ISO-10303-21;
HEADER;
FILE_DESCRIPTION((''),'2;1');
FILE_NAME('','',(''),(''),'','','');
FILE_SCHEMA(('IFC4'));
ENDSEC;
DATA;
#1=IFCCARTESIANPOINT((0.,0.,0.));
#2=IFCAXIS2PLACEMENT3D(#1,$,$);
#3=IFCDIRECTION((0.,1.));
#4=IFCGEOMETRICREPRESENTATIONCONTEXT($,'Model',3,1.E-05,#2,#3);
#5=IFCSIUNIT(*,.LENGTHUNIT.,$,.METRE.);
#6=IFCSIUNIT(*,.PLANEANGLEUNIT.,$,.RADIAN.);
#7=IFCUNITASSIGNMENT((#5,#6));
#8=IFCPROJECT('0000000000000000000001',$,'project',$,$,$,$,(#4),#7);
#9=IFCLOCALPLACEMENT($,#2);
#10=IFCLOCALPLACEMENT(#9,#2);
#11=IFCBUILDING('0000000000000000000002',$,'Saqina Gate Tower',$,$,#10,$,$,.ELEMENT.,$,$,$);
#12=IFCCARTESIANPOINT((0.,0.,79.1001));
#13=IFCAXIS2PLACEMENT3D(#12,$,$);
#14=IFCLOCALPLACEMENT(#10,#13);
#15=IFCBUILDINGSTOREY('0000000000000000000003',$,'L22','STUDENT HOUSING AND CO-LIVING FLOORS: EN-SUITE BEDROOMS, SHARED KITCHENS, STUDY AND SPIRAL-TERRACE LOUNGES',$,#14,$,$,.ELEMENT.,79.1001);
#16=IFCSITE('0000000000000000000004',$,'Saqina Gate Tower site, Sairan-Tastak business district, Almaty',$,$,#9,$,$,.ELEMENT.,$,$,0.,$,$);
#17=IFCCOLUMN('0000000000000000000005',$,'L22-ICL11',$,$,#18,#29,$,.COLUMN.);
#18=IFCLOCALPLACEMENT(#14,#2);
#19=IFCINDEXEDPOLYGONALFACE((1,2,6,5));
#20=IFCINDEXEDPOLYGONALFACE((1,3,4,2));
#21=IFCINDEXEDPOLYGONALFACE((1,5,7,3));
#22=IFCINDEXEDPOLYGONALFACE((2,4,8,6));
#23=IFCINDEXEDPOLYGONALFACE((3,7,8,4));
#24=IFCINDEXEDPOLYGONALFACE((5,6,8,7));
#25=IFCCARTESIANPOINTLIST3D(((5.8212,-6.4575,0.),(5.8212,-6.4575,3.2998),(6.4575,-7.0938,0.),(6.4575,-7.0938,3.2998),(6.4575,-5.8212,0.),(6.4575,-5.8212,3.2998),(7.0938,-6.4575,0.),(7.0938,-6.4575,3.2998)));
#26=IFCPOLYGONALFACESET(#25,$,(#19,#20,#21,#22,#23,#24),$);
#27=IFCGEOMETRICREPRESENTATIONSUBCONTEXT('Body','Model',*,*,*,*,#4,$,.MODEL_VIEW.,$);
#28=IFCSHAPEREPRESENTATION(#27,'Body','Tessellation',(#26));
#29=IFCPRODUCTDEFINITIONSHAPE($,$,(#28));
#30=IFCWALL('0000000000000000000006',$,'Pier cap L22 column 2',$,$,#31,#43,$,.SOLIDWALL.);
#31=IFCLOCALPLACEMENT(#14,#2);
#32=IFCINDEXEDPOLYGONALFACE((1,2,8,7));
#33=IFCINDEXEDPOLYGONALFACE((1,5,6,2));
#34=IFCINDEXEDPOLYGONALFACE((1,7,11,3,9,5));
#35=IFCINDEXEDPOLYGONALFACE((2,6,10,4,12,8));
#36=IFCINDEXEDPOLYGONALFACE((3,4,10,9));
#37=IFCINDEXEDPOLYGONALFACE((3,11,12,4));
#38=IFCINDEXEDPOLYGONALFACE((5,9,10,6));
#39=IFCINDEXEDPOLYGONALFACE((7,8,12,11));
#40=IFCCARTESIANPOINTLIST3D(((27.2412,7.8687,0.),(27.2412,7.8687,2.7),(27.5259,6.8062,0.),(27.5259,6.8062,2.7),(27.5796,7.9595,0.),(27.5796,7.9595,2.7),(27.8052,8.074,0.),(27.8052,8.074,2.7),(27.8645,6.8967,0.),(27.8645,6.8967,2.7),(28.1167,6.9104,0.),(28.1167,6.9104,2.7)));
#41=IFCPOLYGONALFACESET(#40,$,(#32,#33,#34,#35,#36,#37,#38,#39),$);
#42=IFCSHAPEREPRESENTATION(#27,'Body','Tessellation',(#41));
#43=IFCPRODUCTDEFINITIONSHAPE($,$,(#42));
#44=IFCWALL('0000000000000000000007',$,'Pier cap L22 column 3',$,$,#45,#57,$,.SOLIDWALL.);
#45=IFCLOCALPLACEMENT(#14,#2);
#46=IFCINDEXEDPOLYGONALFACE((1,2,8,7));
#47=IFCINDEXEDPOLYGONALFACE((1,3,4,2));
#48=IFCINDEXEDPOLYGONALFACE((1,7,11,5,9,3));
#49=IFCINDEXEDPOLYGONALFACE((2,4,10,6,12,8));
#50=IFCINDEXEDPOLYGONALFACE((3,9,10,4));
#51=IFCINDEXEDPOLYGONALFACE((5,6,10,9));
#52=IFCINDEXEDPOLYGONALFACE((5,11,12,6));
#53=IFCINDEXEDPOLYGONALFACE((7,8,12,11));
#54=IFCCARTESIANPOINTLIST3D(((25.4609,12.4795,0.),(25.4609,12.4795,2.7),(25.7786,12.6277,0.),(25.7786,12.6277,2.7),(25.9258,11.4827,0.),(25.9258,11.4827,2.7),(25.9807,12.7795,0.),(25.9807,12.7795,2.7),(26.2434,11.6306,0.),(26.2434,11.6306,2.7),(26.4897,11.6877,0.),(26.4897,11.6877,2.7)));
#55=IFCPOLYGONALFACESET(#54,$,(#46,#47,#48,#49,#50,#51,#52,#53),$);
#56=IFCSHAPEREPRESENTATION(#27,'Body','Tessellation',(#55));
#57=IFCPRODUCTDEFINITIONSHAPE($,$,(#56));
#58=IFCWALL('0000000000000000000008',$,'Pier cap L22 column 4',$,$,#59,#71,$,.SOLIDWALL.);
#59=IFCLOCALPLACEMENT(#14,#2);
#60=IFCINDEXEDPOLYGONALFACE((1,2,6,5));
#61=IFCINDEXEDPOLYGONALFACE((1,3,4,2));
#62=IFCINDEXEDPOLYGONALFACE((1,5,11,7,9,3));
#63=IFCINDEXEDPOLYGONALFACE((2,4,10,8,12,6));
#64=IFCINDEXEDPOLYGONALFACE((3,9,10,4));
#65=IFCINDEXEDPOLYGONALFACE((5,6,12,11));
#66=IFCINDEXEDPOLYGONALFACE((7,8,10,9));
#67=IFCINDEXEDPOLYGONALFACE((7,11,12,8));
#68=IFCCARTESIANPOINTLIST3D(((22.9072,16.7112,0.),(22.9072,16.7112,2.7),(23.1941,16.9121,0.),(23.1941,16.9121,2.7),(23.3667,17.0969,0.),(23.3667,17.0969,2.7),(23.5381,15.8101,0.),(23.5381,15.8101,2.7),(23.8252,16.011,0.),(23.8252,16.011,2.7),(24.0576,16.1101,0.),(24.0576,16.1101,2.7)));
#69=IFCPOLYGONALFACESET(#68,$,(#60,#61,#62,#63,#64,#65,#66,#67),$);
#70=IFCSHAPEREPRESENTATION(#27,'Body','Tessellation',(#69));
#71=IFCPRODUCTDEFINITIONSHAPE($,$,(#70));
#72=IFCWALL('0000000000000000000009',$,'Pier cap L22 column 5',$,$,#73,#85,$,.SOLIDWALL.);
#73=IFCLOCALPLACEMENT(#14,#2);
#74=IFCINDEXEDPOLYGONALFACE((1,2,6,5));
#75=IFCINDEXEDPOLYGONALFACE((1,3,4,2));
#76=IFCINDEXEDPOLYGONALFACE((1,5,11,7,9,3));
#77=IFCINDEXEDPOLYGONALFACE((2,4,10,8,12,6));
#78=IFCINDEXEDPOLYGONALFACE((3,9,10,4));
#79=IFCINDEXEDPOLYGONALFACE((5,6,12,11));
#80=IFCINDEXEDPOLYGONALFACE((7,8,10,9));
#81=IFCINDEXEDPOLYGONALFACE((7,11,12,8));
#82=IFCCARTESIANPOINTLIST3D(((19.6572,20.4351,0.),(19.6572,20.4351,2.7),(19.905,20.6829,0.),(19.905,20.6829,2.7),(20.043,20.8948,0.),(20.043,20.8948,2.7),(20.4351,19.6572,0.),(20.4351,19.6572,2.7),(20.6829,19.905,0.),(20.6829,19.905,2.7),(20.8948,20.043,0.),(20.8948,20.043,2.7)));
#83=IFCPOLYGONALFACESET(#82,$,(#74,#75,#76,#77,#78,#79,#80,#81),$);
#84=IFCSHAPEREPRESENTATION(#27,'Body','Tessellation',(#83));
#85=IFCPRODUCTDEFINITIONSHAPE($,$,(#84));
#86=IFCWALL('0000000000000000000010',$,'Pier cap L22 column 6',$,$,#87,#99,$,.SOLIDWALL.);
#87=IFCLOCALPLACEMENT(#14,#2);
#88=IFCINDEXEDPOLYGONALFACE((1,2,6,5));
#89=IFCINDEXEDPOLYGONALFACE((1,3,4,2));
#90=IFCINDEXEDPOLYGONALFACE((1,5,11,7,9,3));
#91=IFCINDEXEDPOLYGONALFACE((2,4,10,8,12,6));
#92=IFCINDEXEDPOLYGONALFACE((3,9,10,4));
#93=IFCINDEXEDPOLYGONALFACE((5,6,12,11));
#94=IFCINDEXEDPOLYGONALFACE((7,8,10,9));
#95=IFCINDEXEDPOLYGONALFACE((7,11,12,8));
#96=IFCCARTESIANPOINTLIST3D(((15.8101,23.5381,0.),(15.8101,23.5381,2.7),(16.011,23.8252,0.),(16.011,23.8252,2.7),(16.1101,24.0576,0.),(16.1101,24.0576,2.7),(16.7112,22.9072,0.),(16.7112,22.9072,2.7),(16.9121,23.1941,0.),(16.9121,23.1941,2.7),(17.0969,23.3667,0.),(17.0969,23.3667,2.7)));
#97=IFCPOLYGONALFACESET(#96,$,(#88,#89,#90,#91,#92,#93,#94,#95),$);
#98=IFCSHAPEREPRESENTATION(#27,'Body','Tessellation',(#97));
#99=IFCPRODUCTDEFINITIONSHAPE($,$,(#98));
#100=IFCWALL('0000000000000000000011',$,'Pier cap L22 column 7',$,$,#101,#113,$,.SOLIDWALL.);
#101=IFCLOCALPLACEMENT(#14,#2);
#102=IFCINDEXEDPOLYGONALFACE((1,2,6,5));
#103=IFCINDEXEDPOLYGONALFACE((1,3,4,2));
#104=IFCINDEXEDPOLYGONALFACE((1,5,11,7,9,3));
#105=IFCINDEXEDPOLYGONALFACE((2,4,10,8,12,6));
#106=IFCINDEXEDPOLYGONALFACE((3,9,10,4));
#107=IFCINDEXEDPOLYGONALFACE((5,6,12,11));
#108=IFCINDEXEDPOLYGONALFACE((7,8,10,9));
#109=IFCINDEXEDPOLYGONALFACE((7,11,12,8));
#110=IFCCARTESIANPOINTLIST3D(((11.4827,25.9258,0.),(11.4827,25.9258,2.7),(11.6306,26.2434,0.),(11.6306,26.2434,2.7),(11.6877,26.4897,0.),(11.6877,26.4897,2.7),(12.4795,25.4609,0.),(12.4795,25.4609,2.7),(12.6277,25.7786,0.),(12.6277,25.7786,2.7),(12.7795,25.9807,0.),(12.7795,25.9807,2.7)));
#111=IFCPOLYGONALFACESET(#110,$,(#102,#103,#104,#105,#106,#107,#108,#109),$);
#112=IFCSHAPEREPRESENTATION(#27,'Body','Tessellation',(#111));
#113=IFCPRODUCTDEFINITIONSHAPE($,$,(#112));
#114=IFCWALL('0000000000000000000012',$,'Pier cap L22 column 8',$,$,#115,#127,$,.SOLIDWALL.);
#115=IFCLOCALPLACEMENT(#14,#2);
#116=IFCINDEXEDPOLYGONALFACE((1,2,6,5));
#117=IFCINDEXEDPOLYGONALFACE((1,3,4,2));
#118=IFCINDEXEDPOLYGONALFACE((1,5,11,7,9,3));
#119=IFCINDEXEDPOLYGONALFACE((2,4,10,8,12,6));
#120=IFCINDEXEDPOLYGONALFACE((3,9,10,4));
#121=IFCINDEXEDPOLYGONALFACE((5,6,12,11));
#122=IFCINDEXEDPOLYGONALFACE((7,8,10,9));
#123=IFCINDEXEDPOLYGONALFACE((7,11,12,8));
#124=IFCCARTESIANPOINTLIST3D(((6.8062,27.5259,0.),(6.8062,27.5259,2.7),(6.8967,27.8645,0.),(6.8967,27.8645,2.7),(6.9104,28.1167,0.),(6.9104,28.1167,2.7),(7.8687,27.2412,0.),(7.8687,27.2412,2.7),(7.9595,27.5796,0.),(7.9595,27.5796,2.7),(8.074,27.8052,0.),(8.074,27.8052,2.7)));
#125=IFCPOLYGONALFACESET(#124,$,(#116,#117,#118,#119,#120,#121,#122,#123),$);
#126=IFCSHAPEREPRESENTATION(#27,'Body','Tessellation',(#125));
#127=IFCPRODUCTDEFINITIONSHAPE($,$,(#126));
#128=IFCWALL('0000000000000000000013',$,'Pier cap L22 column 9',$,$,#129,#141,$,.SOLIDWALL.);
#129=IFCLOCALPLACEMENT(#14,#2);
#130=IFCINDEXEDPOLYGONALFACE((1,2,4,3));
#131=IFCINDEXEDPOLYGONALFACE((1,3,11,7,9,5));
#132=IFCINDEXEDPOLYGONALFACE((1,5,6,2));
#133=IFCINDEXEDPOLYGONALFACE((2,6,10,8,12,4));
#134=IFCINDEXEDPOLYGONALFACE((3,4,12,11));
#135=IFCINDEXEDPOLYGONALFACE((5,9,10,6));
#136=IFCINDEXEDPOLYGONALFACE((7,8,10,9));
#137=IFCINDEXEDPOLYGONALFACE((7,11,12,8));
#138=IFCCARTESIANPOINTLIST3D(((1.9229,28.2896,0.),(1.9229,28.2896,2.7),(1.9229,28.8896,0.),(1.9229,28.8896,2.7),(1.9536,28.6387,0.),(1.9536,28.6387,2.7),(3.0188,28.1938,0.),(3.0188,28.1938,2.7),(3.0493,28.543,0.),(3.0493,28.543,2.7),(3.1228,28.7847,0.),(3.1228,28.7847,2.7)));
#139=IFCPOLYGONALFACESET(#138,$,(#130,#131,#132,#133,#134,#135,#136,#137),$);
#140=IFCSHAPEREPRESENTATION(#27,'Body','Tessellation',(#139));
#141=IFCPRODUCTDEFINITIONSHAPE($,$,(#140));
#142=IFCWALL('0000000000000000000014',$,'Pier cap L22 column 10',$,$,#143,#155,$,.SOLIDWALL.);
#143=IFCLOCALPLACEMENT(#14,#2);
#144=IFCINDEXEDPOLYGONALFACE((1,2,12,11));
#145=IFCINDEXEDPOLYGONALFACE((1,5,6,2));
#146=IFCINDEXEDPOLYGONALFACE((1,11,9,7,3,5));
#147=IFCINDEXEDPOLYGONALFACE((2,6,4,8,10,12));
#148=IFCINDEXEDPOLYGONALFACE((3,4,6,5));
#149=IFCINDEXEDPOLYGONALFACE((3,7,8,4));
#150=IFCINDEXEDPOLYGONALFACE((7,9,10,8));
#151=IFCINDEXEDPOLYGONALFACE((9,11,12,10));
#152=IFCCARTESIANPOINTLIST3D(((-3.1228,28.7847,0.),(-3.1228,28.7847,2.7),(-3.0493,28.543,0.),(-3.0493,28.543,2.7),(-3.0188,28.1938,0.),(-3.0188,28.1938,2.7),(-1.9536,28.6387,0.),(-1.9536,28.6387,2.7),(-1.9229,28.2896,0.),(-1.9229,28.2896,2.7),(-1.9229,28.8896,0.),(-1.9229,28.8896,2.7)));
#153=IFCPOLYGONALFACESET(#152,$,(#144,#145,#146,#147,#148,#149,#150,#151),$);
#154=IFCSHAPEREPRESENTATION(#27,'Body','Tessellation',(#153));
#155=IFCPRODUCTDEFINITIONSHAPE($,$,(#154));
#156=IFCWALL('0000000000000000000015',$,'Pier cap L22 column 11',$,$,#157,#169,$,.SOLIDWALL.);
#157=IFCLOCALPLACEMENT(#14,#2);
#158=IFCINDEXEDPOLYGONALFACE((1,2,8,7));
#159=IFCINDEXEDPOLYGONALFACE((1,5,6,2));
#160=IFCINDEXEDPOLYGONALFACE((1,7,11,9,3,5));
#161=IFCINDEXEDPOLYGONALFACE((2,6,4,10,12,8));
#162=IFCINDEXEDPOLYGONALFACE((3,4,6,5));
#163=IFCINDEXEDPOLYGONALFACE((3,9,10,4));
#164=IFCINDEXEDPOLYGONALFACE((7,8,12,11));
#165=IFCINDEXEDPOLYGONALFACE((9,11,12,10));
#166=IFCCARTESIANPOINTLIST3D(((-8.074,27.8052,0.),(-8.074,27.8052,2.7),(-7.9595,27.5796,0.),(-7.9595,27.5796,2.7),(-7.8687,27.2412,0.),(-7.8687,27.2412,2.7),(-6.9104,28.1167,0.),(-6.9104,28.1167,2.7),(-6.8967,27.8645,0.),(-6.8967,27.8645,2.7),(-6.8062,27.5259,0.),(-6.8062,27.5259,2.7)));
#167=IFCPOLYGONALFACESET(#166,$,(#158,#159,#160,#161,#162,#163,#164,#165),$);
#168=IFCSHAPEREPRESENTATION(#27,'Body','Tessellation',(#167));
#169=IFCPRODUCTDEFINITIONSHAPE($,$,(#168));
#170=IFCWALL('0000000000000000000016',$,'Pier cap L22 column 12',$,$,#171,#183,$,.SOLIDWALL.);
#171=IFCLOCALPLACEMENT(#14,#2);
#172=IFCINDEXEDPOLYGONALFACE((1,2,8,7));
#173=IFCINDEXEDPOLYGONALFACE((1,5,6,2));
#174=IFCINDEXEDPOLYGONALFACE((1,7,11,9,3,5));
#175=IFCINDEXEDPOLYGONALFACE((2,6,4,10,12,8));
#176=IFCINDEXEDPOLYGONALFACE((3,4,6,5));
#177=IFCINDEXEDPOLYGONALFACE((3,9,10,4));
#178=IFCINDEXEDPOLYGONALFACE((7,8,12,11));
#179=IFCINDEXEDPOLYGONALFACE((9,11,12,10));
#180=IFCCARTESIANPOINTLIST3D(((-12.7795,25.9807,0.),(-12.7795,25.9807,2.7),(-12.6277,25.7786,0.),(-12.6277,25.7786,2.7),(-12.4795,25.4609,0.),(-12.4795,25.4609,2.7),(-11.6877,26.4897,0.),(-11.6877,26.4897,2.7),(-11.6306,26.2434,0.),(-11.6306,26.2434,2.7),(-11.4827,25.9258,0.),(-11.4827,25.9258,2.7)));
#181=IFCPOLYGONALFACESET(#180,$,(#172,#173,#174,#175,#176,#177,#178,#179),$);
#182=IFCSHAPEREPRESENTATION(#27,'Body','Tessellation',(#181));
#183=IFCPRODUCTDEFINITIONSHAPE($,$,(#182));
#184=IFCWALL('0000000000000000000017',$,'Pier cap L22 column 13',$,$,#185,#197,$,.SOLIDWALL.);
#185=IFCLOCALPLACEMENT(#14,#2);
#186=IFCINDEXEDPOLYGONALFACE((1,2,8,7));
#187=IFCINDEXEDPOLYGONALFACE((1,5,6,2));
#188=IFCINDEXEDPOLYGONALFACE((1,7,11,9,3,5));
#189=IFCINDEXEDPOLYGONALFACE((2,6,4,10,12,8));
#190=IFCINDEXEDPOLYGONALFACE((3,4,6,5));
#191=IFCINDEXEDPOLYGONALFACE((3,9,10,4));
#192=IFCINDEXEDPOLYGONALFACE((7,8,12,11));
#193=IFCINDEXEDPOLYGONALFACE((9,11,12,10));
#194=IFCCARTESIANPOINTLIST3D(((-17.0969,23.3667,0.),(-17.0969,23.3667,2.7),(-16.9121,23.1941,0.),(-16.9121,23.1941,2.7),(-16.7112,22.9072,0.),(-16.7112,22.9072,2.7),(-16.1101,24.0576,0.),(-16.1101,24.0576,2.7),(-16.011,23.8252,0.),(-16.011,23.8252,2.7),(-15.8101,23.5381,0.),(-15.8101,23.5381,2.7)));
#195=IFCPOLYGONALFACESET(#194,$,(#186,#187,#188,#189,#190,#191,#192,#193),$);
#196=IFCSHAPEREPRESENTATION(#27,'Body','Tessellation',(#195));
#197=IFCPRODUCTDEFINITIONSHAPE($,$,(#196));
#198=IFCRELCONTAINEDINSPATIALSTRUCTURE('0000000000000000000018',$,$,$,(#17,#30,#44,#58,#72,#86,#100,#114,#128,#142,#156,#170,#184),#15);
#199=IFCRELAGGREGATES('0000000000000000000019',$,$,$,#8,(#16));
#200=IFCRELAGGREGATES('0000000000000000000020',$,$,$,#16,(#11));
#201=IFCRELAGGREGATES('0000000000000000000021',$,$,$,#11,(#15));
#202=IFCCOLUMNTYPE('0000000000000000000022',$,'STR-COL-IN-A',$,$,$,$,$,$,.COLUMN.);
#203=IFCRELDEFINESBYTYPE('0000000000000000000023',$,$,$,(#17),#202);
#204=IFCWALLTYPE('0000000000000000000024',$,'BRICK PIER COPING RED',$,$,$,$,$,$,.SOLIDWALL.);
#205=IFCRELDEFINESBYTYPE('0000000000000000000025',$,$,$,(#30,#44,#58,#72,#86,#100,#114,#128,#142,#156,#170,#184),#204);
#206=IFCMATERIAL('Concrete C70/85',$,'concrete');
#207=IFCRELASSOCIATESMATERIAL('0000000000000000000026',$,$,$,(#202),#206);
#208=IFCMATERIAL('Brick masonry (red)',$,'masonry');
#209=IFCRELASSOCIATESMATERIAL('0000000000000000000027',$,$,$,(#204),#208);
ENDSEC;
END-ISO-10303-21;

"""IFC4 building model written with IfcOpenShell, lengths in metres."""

from ifc_helpers import new_model, si_unit, direction, frame, origin, origin_2d, place, context, subcontext, project, spatial, polyline, rectangle, outline, extrude, material, material_profile, profile_set, type_object, element, save


model = new_model("IFC4")

# Units and contexts
model_context = context("Model", 3, precision=1e-05, world=origin(), true_north=direction((0.0, 1.0)))
body_context = subcontext(model_context, "Body", "Model", "MODEL_VIEW")
ifc_project = project(units=[si_unit("LENGTHUNIT", "METRE"), si_unit("PLANEANGLEUNIT", "RADIAN")], contexts=[model_context])

# Site, building, storey
site_placement = place(None, origin())
site = spatial("IfcSite", under=ifc_project, at=site_placement, Name="Saqina Gate Tower site, Sairan-Tastak business district, Almaty", CompositionType="ELEMENT", RefElevation=0.0)
building_placement = place(site_placement, origin())
building = spatial("IfcBuilding", under=site, at=building_placement, Name="Saqina Gate Tower", CompositionType="ELEMENT")
storey_placement = place(building_placement, frame((0.0, 0.0, 79.1001)))
storey = spatial("IfcBuildingStorey", under=building, at=storey_placement, Name="L22", Description="STUDENT HOUSING AND CO-LIVING FLOORS: EN-SUITE BEDROOMS, SHARED KITCHENS, STUDY AND SPIRAL-TERRACE LOUNGES", CompositionType="ELEMENT", Elevation=79.1001)

# Column
ifc_material_1 = material(Name="Concrete C70/85", Category="concrete")
ifc_material_profile = material_profile(ifc_material_1, rectangle(XDim=0.8999, YDim=0.8999, at=origin_2d()), Name="RC 900x900")
ifc_profile_set = profile_set([ifc_material_profile], Name="Concrete C70/85")
column_type = type_object("IfcColumnType", Name="STR-COL-IN-A", PredefinedType="COLUMN", material=ifc_profile_set)
column_placement = place(storey_placement, frame((6.4575, -6.4575, 0.0), z_axis=(0.0, 0.0, 1.0), x_axis=(0.707107, -0.707107, 0.0)))
element("IfcColumn", 1, at=column_placement, inside=storey, type_object=column_type, Name="L22-ICL11", PredefinedType="COLUMN", context=body_context, shape_type="SweptSolid", body=[
    extrude(rectangle(XDim=0.8999, YDim=0.8999, at=origin_2d()), origin(), (0.0, 0.0, 1.0), 3.2998),
])

# Walls
ifc_material_2 = material(Name="Brick masonry (red)", Category="masonry")
wall_type_1 = type_object("IfcWallType", Name="BRICK PIER COPING RED", PredefinedType="SOLIDWALL", material=ifc_material_2)
wall_1_placement = place(storey_placement, origin())
element("IfcWall", 2, at=wall_1_placement, inside=storey, type_object=wall_type_1, Name="Pier cap L22 column 2", PredefinedType="SOLIDWALL", context=body_context, shape_type="SweptSolid", body=[
    extrude(outline(polyline([(28.1167, 6.9104), (27.8052, 8.074), (27.2412, 7.8687), (27.5796, 7.9595), (27.8645, 6.8967), (27.5259, 6.8062), (28.1167, 6.9104)])), origin(), (0.0, 0.0, 1.0), 2.7),
])
wall_2_placement = place(storey_placement, origin())
element("IfcWall", 3, at=wall_2_placement, inside=storey, type_object=wall_type_1, Name="Pier cap L22 column 3", PredefinedType="SOLIDWALL", context=body_context, shape_type="SweptSolid", body=[
    extrude(outline(polyline([(25.9807, 12.7795), (25.4609, 12.4795), (25.7786, 12.6277), (26.2434, 11.6306), (25.9258, 11.4827), (26.4897, 11.6877), (25.9807, 12.7795)])), origin(), (0.0, 0.0, 1.0), 2.7),
])
wall_3_placement = place(storey_placement, origin())
element("IfcWall", 4, at=wall_3_placement, inside=storey, type_object=wall_type_1, Name="Pier cap L22 column 4", PredefinedType="SOLIDWALL", context=body_context, shape_type="SweptSolid", body=[
    extrude(outline(polyline([(24.0576, 16.1101), (23.3667, 17.0969), (22.9072, 16.7112), (23.1941, 16.9121), (23.8252, 16.011), (23.5381, 15.8101), (24.0576, 16.1101)])), origin(), (0.0, 0.0, 1.0), 2.7),
])
wall_4_placement = place(storey_placement, origin())
element("IfcWall", 5, at=wall_4_placement, inside=storey, type_object=wall_type_1, Name="Pier cap L22 column 5", PredefinedType="SOLIDWALL", context=body_context, shape_type="SweptSolid", body=[
    extrude(outline(polyline([(20.043, 20.8948), (19.6572, 20.4351), (19.905, 20.6829), (20.6829, 19.905), (20.4351, 19.6572), (20.8948, 20.043), (20.043, 20.8948)])), origin(), (0.0, 0.0, 1.0), 2.7),
])
wall_5_placement = place(storey_placement, origin())
element("IfcWall", 6, at=wall_5_placement, inside=storey, type_object=wall_type_1, Name="Pier cap L22 column 6", PredefinedType="SOLIDWALL", context=body_context, shape_type="SweptSolid", body=[
    extrude(outline(polyline([(17.0969, 23.3667), (16.1101, 24.0576), (15.8101, 23.5381), (16.011, 23.8252), (16.9121, 23.1941), (16.7112, 22.9072), (17.0969, 23.3667)])), origin(), (0.0, 0.0, 1.0), 2.7),
])
wall_6_placement = place(storey_placement, origin())
element("IfcWall", 7, at=wall_6_placement, inside=storey, type_object=wall_type_1, Name="Pier cap L22 column 7", PredefinedType="SOLIDWALL", context=body_context, shape_type="SweptSolid", body=[
    extrude(outline(polyline([(11.6877, 26.4897), (11.4827, 25.9258), (11.6306, 26.2434), (12.6277, 25.7786), (12.4795, 25.4609), (12.7795, 25.9807), (11.6877, 26.4897)])), origin(), (0.0, 0.0, 1.0), 2.7),
])
wall_7_placement = place(storey_placement, origin())
element("IfcWall", 8, at=wall_7_placement, inside=storey, type_object=wall_type_1, Name="Pier cap L22 column 8", PredefinedType="SOLIDWALL", context=body_context, shape_type="SweptSolid", body=[
    extrude(outline(polyline([(6.9104, 28.1167), (6.8062, 27.5259), (6.8967, 27.8645), (7.9595, 27.5796), (7.8687, 27.2412), (8.074, 27.8052), (6.9104, 28.1167)])), origin(), (0.0, 0.0, 1.0), 2.7),
])
wall_8_placement = place(storey_placement, origin())
element("IfcWall", 9, at=wall_8_placement, inside=storey, type_object=wall_type_1, Name="Pier cap L22 column 9", PredefinedType="SOLIDWALL", context=body_context, shape_type="SweptSolid", body=[
    extrude(outline(polyline([(3.1228, 28.7847), (1.9229, 28.8896), (1.9229, 28.2896), (1.9536, 28.6387), (3.0493, 28.543), (3.0188, 28.1938), (3.1228, 28.7847)])), origin(), (0.0, 0.0, 1.0), 2.7),
])
wall_9_placement = place(storey_placement, origin())
element("IfcWall", 10, at=wall_9_placement, inside=storey, type_object=wall_type_1, Name="Pier cap L22 column 10", PredefinedType="SOLIDWALL", context=body_context, shape_type="SweptSolid", body=[
    extrude(outline(polyline([(-1.9229, 28.8896), (-3.1228, 28.7847), (-3.0188, 28.1938), (-3.0493, 28.543), (-1.9536, 28.6387), (-1.9229, 28.2896), (-1.9229, 28.8896)])), origin(), (0.0, 0.0, 1.0), 2.7),
])
wall_10_placement = place(storey_placement, origin())
element("IfcWall", 11, at=wall_10_placement, inside=storey, type_object=wall_type_1, Name="Pier cap L22 column 11", PredefinedType="SOLIDWALL", context=body_context, shape_type="SweptSolid", body=[
    extrude(outline(polyline([(-6.9104, 28.1167), (-8.074, 27.8052), (-7.8687, 27.2412), (-7.9595, 27.5796), (-6.8967, 27.8645), (-6.8062, 27.5259), (-6.9104, 28.1167)])), origin(), (0.0, 0.0, 1.0), 2.7),
])
wall_11_placement = place(storey_placement, origin())
element("IfcWall", 12, at=wall_11_placement, inside=storey, type_object=wall_type_1, Name="Pier cap L22 column 12", PredefinedType="SOLIDWALL", context=body_context, shape_type="SweptSolid", body=[
    extrude(outline(polyline([(-12.7795, 25.9807), (-12.4795, 25.4609), (-12.6277, 25.7786), (-11.6306, 26.2434), (-11.4827, 25.9258), (-11.6877, 26.4897), (-12.7795, 25.9807)])), origin(), (0.0, 0.0, 1.0), 2.7),
])
wall_12_placement = place(storey_placement, origin())
element("IfcWall", 13, at=wall_12_placement, inside=storey, type_object=wall_type_1, Name="Pier cap L22 column 13", PredefinedType="SOLIDWALL", context=body_context, shape_type="SweptSolid", body=[
    extrude(outline(polyline([(-16.1101, 24.0576), (-17.0969, 23.3667), (-16.7112, 22.9072), (-16.9121, 23.1941), (-16.011, 23.8252), (-15.8101, 23.5381), (-16.1101, 24.0576)])), origin(), (0.0, 0.0, 1.0), 2.7),
])

save(model, "model.ifc")
